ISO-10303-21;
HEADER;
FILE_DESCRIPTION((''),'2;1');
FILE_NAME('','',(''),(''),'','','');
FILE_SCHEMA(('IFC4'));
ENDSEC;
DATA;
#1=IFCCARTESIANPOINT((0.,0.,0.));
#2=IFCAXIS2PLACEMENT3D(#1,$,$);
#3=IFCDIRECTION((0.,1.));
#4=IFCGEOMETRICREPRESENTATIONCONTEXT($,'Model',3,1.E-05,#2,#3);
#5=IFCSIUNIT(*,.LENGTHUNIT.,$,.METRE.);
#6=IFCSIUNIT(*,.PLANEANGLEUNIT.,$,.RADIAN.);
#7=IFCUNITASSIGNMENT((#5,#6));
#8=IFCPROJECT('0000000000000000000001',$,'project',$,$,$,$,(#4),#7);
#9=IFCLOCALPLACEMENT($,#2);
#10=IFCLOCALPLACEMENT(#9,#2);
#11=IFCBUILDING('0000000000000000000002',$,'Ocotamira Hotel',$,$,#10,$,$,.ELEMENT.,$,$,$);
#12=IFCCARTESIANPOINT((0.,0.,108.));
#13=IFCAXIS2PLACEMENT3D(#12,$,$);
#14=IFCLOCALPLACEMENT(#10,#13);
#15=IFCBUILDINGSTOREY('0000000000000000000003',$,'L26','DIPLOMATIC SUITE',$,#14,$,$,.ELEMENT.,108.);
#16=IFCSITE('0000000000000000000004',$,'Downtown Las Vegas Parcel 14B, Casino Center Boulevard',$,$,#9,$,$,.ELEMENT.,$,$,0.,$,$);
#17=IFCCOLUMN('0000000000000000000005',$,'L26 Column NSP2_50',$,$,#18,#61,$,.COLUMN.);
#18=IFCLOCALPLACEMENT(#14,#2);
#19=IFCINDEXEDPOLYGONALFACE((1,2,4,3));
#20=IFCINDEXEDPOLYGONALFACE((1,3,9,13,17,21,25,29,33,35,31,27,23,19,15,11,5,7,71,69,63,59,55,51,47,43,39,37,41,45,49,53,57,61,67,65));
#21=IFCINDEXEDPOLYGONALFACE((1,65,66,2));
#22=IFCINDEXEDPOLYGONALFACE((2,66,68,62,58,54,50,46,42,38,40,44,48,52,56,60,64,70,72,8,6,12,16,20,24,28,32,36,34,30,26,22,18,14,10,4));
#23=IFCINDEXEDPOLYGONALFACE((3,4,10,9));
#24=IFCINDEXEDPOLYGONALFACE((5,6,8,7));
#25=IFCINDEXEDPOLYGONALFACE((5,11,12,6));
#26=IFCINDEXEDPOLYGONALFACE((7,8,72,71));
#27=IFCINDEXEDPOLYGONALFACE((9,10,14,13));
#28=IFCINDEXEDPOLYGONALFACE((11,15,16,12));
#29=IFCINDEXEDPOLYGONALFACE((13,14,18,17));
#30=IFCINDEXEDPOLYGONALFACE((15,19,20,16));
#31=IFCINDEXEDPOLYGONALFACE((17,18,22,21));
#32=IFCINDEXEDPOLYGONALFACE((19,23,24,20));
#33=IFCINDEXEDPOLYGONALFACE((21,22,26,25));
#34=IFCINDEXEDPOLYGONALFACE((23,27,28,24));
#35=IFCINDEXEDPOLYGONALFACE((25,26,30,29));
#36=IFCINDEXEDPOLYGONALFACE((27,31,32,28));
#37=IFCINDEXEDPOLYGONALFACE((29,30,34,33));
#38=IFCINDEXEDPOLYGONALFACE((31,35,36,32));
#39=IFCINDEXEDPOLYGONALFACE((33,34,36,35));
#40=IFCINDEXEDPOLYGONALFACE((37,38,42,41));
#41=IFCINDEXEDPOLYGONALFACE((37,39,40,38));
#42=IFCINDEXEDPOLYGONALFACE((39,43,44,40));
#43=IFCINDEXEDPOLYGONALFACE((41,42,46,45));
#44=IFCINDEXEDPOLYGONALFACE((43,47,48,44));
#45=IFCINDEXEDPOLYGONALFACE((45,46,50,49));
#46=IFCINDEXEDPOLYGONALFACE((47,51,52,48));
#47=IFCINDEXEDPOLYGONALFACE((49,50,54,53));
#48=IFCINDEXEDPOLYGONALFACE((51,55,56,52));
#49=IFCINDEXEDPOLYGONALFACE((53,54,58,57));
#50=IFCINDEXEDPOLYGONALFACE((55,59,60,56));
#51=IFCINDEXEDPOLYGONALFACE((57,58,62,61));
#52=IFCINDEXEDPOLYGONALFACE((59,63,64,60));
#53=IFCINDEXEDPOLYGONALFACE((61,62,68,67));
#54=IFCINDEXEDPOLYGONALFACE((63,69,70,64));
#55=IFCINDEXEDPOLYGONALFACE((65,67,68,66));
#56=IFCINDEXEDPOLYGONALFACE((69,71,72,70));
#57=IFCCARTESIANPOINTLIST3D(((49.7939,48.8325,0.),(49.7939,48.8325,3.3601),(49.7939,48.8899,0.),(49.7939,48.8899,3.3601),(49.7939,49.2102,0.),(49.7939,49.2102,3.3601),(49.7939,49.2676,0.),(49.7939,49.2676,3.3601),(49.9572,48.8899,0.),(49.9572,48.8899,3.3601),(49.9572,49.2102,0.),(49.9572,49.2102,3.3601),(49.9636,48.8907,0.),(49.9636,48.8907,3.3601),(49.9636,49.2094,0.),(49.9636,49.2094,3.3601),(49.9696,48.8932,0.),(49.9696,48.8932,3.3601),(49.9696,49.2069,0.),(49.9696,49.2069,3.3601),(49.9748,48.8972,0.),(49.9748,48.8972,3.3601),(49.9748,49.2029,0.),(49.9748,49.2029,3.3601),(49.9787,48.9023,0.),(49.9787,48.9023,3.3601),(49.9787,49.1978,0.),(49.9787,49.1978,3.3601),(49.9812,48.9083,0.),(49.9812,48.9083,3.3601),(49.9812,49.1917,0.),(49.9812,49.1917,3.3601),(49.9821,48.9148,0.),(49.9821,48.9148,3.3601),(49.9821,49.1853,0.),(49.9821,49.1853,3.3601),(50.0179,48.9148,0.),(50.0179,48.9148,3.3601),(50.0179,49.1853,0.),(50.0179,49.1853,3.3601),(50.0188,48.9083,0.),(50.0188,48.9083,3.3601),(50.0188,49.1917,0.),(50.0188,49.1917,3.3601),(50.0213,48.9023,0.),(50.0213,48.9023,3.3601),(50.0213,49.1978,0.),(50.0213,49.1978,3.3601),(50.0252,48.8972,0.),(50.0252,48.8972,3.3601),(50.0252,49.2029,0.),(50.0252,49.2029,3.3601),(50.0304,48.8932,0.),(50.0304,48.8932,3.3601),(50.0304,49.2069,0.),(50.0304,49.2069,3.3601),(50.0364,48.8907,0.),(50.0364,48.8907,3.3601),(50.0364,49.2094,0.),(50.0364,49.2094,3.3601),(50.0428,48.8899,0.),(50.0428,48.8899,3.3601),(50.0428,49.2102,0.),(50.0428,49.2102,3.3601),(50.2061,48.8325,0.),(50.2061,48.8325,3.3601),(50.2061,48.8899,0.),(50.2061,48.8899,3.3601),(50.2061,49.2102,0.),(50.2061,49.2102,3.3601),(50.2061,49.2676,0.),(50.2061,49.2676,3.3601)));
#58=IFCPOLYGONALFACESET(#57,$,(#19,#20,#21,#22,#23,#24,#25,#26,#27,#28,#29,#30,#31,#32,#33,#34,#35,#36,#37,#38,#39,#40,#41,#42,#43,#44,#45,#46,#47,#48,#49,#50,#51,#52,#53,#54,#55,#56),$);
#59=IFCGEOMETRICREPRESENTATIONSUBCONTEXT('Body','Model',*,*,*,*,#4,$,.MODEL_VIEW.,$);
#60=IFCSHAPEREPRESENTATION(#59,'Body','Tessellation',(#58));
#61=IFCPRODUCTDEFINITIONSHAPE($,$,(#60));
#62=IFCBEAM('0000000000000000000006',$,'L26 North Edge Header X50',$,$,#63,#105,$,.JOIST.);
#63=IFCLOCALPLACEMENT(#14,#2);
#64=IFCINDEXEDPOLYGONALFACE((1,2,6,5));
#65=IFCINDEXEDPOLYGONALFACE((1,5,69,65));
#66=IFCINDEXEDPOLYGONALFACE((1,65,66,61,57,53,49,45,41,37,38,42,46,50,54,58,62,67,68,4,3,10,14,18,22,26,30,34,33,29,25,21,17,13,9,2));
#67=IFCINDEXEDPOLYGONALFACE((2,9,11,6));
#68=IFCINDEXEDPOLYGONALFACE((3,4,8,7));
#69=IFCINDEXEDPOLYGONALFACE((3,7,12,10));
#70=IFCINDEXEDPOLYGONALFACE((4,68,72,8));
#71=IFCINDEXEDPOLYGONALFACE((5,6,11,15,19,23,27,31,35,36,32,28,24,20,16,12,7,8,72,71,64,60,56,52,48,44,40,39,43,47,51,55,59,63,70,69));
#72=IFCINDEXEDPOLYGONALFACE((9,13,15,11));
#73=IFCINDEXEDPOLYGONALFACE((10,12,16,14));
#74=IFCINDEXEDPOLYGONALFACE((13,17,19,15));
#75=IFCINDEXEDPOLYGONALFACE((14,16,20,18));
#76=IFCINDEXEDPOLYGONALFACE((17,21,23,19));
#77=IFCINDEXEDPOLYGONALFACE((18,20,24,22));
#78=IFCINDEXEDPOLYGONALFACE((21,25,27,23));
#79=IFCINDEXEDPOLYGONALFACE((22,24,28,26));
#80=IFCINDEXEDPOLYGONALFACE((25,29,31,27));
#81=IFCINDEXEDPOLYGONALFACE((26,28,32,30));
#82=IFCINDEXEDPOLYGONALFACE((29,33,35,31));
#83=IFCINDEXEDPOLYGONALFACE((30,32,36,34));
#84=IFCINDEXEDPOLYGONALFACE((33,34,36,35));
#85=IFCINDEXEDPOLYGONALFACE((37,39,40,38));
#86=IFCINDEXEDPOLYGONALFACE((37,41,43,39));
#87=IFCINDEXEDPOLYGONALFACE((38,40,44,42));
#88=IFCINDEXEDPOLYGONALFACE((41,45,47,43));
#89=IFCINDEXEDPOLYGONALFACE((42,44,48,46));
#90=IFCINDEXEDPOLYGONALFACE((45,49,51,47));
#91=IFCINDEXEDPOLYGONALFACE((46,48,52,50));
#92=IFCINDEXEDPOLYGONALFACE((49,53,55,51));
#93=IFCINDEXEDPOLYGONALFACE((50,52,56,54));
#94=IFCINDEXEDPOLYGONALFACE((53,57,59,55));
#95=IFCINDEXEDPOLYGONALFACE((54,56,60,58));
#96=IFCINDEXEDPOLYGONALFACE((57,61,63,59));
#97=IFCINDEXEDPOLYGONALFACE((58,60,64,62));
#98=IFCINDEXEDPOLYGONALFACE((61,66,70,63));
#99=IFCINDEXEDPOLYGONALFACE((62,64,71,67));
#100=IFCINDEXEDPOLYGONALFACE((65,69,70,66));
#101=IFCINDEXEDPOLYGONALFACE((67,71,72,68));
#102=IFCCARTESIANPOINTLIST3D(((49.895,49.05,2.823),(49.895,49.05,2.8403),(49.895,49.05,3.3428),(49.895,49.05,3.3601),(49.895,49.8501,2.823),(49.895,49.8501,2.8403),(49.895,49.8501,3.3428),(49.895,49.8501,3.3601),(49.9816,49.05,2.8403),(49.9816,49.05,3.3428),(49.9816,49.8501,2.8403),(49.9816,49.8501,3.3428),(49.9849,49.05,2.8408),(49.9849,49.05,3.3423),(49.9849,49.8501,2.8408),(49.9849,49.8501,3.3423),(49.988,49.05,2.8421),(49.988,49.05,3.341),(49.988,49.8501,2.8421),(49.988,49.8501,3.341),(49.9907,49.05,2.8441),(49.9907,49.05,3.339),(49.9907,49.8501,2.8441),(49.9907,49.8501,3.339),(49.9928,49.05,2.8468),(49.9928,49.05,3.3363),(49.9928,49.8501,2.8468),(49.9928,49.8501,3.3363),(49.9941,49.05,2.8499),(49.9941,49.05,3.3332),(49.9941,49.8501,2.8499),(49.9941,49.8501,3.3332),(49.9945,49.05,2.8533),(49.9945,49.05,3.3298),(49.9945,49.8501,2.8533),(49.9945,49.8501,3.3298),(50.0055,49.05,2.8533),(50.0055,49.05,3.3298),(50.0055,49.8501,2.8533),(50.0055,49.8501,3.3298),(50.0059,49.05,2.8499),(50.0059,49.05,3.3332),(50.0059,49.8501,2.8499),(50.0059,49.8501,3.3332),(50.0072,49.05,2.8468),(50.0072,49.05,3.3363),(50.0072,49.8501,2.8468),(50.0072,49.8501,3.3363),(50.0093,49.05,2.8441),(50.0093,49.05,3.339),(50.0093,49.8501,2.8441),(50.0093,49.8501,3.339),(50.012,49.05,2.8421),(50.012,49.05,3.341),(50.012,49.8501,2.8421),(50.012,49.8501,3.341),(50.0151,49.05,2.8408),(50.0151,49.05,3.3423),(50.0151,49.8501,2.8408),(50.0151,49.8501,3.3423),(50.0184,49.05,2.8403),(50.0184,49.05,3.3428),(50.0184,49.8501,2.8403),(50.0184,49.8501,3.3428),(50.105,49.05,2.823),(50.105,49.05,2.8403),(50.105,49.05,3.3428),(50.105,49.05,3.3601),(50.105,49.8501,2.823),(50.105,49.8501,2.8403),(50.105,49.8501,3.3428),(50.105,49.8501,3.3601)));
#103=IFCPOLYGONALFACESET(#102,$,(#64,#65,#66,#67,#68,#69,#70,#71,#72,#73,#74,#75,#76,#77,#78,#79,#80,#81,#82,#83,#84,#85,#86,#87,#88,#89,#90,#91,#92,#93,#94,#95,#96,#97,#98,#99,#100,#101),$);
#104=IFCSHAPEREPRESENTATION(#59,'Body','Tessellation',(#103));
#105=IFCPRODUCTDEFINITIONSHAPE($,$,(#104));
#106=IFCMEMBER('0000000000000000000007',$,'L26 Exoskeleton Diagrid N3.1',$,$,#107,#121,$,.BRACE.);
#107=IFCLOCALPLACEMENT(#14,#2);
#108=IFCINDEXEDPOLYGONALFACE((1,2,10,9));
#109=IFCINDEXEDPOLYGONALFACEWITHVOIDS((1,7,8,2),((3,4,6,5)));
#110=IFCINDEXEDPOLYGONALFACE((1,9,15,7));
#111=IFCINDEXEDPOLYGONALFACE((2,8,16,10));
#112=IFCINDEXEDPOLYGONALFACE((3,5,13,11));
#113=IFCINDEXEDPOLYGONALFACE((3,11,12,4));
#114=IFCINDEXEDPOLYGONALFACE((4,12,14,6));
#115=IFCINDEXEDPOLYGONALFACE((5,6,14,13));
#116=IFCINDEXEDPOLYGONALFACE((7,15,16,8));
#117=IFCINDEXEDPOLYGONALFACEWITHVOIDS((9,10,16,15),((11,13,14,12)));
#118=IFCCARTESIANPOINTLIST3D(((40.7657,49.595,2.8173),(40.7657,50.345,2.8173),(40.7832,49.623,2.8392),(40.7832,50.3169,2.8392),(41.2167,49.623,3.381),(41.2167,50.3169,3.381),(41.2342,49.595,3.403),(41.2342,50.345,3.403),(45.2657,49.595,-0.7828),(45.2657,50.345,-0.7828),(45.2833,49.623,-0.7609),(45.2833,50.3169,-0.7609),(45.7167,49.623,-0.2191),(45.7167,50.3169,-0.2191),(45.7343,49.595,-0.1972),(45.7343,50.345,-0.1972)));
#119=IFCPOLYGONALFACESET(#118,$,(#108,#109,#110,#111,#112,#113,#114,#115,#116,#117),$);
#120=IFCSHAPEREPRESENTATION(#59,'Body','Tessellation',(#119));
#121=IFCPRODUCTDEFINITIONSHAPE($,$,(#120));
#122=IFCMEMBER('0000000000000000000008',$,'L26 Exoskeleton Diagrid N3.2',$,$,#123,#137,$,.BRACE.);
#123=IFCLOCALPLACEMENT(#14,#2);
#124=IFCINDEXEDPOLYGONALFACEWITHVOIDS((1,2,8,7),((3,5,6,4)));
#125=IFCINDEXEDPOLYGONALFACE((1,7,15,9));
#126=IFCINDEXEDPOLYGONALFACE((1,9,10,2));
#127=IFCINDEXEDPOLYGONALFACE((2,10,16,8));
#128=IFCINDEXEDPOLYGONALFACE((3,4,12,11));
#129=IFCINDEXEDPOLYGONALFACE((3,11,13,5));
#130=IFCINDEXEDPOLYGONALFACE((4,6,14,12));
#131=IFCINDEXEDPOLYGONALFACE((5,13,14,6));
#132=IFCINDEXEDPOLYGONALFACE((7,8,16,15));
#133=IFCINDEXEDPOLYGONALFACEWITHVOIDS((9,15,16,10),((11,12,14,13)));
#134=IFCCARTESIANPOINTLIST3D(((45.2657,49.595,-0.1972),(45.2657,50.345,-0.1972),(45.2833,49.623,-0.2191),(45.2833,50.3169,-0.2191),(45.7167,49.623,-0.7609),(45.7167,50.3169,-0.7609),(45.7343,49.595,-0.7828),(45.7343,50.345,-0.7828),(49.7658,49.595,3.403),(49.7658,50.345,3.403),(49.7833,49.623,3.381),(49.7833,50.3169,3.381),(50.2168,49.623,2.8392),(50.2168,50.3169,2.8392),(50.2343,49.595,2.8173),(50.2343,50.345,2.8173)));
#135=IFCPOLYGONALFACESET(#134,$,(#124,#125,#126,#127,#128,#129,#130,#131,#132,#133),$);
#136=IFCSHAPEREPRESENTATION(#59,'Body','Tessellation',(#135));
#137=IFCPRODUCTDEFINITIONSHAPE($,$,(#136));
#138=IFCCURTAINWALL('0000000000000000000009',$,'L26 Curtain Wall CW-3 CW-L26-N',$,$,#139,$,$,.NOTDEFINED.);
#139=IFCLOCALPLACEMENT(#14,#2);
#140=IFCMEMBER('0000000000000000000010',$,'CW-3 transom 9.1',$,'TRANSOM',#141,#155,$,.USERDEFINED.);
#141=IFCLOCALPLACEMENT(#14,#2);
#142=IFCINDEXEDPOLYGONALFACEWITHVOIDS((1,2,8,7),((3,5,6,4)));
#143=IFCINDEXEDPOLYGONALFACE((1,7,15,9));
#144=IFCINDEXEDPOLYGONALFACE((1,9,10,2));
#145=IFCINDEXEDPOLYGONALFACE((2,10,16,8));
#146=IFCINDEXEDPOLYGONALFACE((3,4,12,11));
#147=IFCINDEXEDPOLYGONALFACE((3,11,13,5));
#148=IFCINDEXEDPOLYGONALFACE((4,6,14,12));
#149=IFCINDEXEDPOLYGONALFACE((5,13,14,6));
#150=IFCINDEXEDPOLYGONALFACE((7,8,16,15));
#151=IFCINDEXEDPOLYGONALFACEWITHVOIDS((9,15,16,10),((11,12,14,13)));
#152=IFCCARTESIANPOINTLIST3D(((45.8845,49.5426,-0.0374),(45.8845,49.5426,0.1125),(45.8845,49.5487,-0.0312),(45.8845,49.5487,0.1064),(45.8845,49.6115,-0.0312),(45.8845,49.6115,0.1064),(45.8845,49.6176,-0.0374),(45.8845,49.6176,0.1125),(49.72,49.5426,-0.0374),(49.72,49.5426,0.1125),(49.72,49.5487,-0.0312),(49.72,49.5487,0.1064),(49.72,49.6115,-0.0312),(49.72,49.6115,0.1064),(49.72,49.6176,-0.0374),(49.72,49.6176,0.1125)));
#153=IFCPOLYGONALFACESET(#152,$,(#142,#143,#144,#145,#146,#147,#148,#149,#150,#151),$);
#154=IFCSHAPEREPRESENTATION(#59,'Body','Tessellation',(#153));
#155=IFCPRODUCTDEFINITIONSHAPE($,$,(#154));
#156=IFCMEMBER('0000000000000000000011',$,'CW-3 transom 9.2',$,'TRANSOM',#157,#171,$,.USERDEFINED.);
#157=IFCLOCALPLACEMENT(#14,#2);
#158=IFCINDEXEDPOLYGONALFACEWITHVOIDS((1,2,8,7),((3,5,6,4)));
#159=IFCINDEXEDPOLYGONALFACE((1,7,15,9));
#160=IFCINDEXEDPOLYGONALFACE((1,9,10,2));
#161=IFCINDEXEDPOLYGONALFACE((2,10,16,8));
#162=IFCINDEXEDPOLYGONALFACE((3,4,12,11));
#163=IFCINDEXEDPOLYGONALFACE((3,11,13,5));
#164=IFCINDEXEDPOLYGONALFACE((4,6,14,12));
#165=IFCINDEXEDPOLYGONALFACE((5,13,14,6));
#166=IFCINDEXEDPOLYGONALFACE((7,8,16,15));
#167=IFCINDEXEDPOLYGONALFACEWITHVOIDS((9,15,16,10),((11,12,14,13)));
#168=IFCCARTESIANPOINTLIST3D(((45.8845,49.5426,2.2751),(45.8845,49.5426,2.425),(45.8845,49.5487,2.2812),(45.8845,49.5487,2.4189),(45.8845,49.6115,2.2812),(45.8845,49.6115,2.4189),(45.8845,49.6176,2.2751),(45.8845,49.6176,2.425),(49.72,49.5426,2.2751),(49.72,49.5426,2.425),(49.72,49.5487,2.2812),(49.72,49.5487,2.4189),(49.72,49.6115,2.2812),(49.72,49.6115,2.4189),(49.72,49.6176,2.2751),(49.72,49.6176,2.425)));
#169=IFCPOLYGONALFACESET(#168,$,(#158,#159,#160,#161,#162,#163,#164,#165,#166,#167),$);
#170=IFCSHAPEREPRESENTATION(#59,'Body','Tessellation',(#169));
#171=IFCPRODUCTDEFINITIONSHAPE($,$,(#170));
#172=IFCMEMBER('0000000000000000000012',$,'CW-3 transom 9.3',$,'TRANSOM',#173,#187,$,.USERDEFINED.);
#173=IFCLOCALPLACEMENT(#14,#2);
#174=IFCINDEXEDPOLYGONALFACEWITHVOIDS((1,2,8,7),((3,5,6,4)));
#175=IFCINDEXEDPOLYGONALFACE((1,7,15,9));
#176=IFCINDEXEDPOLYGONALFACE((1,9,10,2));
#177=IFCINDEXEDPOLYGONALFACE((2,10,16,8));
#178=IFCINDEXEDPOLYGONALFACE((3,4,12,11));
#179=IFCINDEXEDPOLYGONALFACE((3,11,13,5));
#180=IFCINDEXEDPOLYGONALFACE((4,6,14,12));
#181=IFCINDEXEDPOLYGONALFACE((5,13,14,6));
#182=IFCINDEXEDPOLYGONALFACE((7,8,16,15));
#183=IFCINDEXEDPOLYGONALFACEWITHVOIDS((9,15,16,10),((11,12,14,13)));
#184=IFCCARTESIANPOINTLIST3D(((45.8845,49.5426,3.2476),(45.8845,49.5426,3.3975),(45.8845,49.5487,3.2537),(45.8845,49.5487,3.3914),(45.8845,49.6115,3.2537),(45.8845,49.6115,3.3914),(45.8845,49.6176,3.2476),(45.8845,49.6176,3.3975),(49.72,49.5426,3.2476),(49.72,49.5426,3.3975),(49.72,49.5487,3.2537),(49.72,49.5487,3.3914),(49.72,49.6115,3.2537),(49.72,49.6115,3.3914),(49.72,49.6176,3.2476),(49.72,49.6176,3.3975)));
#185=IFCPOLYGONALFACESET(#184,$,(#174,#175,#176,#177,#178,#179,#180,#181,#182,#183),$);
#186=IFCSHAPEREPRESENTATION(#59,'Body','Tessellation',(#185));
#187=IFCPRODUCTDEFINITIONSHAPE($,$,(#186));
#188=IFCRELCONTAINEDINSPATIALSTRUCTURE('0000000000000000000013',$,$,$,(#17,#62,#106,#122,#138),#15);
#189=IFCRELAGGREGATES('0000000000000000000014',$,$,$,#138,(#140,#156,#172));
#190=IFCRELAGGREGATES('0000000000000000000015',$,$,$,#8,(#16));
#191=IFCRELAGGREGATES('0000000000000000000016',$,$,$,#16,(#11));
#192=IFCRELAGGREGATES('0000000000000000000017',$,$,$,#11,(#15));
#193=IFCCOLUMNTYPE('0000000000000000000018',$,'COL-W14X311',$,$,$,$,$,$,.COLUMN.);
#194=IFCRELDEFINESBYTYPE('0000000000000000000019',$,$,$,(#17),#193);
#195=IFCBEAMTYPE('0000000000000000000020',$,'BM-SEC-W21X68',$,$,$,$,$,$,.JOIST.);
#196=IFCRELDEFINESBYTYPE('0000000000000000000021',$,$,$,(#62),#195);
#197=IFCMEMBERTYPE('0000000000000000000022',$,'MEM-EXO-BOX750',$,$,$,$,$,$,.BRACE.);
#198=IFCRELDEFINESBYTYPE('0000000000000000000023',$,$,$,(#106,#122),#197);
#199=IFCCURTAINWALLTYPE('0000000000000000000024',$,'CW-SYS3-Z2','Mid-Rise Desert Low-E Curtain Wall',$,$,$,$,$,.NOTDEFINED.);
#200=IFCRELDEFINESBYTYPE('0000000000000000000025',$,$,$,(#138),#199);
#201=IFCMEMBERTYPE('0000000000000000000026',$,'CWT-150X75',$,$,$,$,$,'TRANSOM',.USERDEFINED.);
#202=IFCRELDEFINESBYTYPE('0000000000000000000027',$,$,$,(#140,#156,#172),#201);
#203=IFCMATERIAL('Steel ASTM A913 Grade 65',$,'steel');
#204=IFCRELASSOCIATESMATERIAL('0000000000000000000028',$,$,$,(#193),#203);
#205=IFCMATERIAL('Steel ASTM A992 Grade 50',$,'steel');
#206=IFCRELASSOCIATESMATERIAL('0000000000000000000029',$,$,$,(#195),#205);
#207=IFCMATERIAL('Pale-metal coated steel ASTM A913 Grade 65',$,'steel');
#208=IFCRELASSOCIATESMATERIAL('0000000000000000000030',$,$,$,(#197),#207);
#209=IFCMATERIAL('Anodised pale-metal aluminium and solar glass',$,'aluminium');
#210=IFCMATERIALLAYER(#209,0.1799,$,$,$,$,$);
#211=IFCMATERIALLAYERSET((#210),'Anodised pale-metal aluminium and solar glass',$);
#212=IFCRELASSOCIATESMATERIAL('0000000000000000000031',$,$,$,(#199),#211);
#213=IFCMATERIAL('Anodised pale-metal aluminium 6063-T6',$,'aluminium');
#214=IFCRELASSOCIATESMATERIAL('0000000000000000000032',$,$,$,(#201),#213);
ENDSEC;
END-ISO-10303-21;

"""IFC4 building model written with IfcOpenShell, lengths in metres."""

from ifc_helpers import new_model, si_unit, direction, frame, origin, origin_2d, place, context, subcontext, project, spatial, hollow_rectangle, i_section, extrude, source, transform, mapped, material, layer, layer_set, material_profile, profile_set, type_object, element, aggregate, save


model = new_model("IFC4")

# Units and contexts
model_context = context("Model", 3, precision=1e-05, world=origin(), true_north=direction((0.0, 1.0)))
body_context = subcontext(model_context, "Body", "Model", "MODEL_VIEW")
ifc_project = project(units=[si_unit("LENGTHUNIT", "METRE"), si_unit("PLANEANGLEUNIT", "RADIAN")], contexts=[model_context])

# Site, building, storey
site_placement = place(None, origin())
site = spatial("IfcSite", under=ifc_project, at=site_placement, Name="Downtown Las Vegas Parcel 14B, Casino Center Boulevard", CompositionType="ELEMENT", RefElevation=0.0)
building_placement = place(site_placement, origin())
building = spatial("IfcBuilding", under=site, at=building_placement, Name="Ocotamira Hotel", CompositionType="ELEMENT")
storey_placement = place(building_placement, frame((0.0, 0.0, 108.0)))
storey = spatial("IfcBuildingStorey", under=building, at=storey_placement, Name="L26", Description="DIPLOMATIC SUITE", CompositionType="ELEMENT", Elevation=108.0)

# Column
ifc_material_1 = material(Name="Steel ASTM A913 Grade 65", Category="steel")
ifc_material_profile_1 = material_profile(ifc_material_1, i_section(OverallWidth=0.4121, OverallDepth=0.4351, WebThickness=0.0359, FlangeThickness=0.0574, FilletRadius=0.0249, at=origin_2d()), Name="W14X311")
ifc_profile_set_1 = profile_set([ifc_material_profile_1], Name="Steel ASTM A913 Grade 65")
column_type = type_object("IfcColumnType", Name="COL-W14X311", PredefinedType="COLUMN", material=ifc_profile_set_1)
shared_shape_1 = source(origin(), body_context, "Body", "SweptSolid", [
    extrude(i_section(OverallWidth=0.4121, OverallDepth=0.4351, WebThickness=0.0359, FlangeThickness=0.0574, FilletRadius=0.0249, at=origin_2d()), origin(), (0.0, 0.0, 1.0), 3.3601),
])
column_placement = place(storey_placement, frame((50.0, 49.05, 0.0), z_axis=(0.0, 0.0, 1.0), x_axis=(1.0, 0.0, 0.0)))
element("IfcColumn", 1, at=column_placement, inside=storey, type_object=column_type, Name="L26 Column NSP2_50", PredefinedType="COLUMN", context=body_context, shape_type="MappedRepresentation", body=[
    mapped(shared_shape_1, transform((0.0, 0.0, 0.0), scale=1.0)),
])

# Beam
ifc_material_2 = material(Name="Steel ASTM A992 Grade 50", Category="steel")
ifc_material_profile_2 = material_profile(ifc_material_2, i_section(OverallWidth=0.21, OverallDepth=0.5371, WebThickness=0.011, FlangeThickness=0.0173, FilletRadius=0.0129, at=origin_2d()), Name="W21X68")
ifc_profile_set_2 = profile_set([ifc_material_profile_2], Name="Steel ASTM A992 Grade 50")
beam_type = type_object("IfcBeamType", Name="BM-SEC-W21X68", PredefinedType="JOIST", material=ifc_profile_set_2)
shared_shape_2 = source(origin(), body_context, "Body", "SweptSolid", [
    extrude(i_section(OverallWidth=0.21, OverallDepth=0.5371, WebThickness=0.011, FlangeThickness=0.0173, FilletRadius=0.0129, at=origin_2d()), origin(), (0.0, 0.0, 1.0), 0.8),
])
beam_placement = place(storey_placement, frame((50.0, 49.05, 3.0916), z_axis=(0.0, 1.0, 0.0), x_axis=(-1.0, 0.0, 0.0)))
element("IfcBeam", 2, at=beam_placement, inside=storey, type_object=beam_type, Name="L26 North Edge Header X50", PredefinedType="JOIST", context=body_context, shape_type="MappedRepresentation", body=[
    mapped(shared_shape_2, transform((0.0, 0.0, 0.0), scale=1.0)),
])

# Members
ifc_material_3 = material(Name="Pale-metal coated steel ASTM A913 Grade 65", Category="steel")
ifc_material_profile_3 = material_profile(ifc_material_3, hollow_rectangle(XDim=0.75, YDim=0.75, WallThickness=0.0281, at=origin_2d()), Name="BOX750X750X28")
ifc_profile_set_3 = profile_set([ifc_material_profile_3], Name="Pale-metal coated steel ASTM A913 Grade 65")
member_type_1 = type_object("IfcMemberType", Name="MEM-EXO-BOX750", PredefinedType="BRACE", material=ifc_profile_set_3)
shared_shape_3 = source(origin(), body_context, "Body", "SweptSolid", [
    extrude(hollow_rectangle(XDim=0.75, YDim=0.75, WallThickness=0.0281, at=origin_2d()), origin(), (0.0, 0.0, 1.0), 5.7629),
])
for number, where, z_axis, x_axis, name in (
    (3, (45.5, 49.97, -0.49), (-0.780861, 0.0, 0.624705), (0.0, -1.0, 0.0), "L26 Exoskeleton Diagrid N3.1"),
    (4, (45.5, 49.97, -0.49), (0.780861, 0.0, 0.624705), (0.0, 1.0, 0.0), "L26 Exoskeleton Diagrid N3.2"),
):
    element("IfcMember", number, at=place(storey_placement, frame(where, z_axis=z_axis, x_axis=x_axis)), inside=storey, type_object=member_type_1, Name=name, PredefinedType="BRACE", context=body_context, shape_type="MappedRepresentation", body=[
        mapped(shared_shape_3, transform((0.0, 0.0, 0.0), scale=1.0)),
    ])

# Curtain wall, members
ifc_material_4 = material(Name="Anodised pale-metal aluminium and solar glass", Category="aluminium")
ifc_layer_1 = layer(ifc_material_4, 0.1799)
ifc_layer_set_1 = layer_set([ifc_layer_1], Name="Anodised pale-metal aluminium and solar glass")
curtain_wall_type = type_object("IfcCurtainWallType", Name="CW-SYS3-Z2", Description="Mid-Rise Desert Low-E Curtain Wall", PredefinedType="NOTDEFINED", material=ifc_layer_set_1)
curtain_wall_1_placement = place(storey_placement, origin())
curtain_wall_1 = element("IfcCurtainWall", 5, at=curtain_wall_1_placement, inside=storey, type_object=curtain_wall_type, Name="L26 Curtain Wall CW-3 CW-L26-N", PredefinedType="NOTDEFINED")
ifc_material_5 = material(Name="Anodised pale-metal aluminium 6063-T6", Category="aluminium")
ifc_material_profile_4 = material_profile(ifc_material_5, hollow_rectangle(XDim=0.075, YDim=0.1499, WallThickness=0.0061, at=origin_2d()), Name="HSS150X75X6")
ifc_profile_set_4 = profile_set([ifc_material_profile_4], Name="Anodised pale-metal aluminium 6063-T6")
member_type_2 = type_object("IfcMemberType", Name="CWT-150X75", ElementType="TRANSOM", PredefinedType="USERDEFINED", material=ifc_profile_set_4)
shared_shape_4 = source(origin(), body_context, "Body", "SweptSolid", [
    extrude(hollow_rectangle(XDim=0.075, YDim=0.1499, WallThickness=0.0061, at=origin_2d()), origin(), (0.0, 0.0, 1.0), 3.8354),
])
member_1_placement = place(storey_placement, frame((45.8845, 49.5801, 0.0376), z_axis=(1.0, 0.0, 0.0), x_axis=(0.0, 1.0, 0.0)))
member_1 = element("IfcMember", 6, at=member_1_placement, type_object=member_type_2, Name="CW-3 transom 9.1", ObjectType="TRANSOM", PredefinedType="USERDEFINED", context=body_context, shape_type="MappedRepresentation", body=[
    mapped(shared_shape_4, transform((0.0, 0.0, 0.0), scale=1.0)),
])
member_2_placement = place(storey_placement, frame((45.8845, 49.5801, 2.3501), z_axis=(1.0, 0.0, 0.0), x_axis=(0.0, 1.0, 0.0)))
member_2 = element("IfcMember", 7, at=member_2_placement, type_object=member_type_2, Name="CW-3 transom 9.2", ObjectType="TRANSOM", PredefinedType="USERDEFINED", context=body_context, shape_type="MappedRepresentation", body=[
    mapped(shared_shape_4, transform((0.0, 0.0, 0.0), scale=1.0)),
])
member_3_placement = place(storey_placement, frame((45.8845, 49.5801, 3.3225), z_axis=(1.0, 0.0, 0.0), x_axis=(0.0, 1.0, 0.0)))
member_3 = element("IfcMember", 8, at=member_3_placement, type_object=member_type_2, Name="CW-3 transom 9.3", ObjectType="TRANSOM", PredefinedType="USERDEFINED", context=body_context, shape_type="MappedRepresentation", body=[
    mapped(shared_shape_4, transform((0.0, 0.0, 0.0), scale=1.0)),
])

aggregate(curtain_wall_1, [member_1, member_2, member_3])

save(model, "model.ifc")
